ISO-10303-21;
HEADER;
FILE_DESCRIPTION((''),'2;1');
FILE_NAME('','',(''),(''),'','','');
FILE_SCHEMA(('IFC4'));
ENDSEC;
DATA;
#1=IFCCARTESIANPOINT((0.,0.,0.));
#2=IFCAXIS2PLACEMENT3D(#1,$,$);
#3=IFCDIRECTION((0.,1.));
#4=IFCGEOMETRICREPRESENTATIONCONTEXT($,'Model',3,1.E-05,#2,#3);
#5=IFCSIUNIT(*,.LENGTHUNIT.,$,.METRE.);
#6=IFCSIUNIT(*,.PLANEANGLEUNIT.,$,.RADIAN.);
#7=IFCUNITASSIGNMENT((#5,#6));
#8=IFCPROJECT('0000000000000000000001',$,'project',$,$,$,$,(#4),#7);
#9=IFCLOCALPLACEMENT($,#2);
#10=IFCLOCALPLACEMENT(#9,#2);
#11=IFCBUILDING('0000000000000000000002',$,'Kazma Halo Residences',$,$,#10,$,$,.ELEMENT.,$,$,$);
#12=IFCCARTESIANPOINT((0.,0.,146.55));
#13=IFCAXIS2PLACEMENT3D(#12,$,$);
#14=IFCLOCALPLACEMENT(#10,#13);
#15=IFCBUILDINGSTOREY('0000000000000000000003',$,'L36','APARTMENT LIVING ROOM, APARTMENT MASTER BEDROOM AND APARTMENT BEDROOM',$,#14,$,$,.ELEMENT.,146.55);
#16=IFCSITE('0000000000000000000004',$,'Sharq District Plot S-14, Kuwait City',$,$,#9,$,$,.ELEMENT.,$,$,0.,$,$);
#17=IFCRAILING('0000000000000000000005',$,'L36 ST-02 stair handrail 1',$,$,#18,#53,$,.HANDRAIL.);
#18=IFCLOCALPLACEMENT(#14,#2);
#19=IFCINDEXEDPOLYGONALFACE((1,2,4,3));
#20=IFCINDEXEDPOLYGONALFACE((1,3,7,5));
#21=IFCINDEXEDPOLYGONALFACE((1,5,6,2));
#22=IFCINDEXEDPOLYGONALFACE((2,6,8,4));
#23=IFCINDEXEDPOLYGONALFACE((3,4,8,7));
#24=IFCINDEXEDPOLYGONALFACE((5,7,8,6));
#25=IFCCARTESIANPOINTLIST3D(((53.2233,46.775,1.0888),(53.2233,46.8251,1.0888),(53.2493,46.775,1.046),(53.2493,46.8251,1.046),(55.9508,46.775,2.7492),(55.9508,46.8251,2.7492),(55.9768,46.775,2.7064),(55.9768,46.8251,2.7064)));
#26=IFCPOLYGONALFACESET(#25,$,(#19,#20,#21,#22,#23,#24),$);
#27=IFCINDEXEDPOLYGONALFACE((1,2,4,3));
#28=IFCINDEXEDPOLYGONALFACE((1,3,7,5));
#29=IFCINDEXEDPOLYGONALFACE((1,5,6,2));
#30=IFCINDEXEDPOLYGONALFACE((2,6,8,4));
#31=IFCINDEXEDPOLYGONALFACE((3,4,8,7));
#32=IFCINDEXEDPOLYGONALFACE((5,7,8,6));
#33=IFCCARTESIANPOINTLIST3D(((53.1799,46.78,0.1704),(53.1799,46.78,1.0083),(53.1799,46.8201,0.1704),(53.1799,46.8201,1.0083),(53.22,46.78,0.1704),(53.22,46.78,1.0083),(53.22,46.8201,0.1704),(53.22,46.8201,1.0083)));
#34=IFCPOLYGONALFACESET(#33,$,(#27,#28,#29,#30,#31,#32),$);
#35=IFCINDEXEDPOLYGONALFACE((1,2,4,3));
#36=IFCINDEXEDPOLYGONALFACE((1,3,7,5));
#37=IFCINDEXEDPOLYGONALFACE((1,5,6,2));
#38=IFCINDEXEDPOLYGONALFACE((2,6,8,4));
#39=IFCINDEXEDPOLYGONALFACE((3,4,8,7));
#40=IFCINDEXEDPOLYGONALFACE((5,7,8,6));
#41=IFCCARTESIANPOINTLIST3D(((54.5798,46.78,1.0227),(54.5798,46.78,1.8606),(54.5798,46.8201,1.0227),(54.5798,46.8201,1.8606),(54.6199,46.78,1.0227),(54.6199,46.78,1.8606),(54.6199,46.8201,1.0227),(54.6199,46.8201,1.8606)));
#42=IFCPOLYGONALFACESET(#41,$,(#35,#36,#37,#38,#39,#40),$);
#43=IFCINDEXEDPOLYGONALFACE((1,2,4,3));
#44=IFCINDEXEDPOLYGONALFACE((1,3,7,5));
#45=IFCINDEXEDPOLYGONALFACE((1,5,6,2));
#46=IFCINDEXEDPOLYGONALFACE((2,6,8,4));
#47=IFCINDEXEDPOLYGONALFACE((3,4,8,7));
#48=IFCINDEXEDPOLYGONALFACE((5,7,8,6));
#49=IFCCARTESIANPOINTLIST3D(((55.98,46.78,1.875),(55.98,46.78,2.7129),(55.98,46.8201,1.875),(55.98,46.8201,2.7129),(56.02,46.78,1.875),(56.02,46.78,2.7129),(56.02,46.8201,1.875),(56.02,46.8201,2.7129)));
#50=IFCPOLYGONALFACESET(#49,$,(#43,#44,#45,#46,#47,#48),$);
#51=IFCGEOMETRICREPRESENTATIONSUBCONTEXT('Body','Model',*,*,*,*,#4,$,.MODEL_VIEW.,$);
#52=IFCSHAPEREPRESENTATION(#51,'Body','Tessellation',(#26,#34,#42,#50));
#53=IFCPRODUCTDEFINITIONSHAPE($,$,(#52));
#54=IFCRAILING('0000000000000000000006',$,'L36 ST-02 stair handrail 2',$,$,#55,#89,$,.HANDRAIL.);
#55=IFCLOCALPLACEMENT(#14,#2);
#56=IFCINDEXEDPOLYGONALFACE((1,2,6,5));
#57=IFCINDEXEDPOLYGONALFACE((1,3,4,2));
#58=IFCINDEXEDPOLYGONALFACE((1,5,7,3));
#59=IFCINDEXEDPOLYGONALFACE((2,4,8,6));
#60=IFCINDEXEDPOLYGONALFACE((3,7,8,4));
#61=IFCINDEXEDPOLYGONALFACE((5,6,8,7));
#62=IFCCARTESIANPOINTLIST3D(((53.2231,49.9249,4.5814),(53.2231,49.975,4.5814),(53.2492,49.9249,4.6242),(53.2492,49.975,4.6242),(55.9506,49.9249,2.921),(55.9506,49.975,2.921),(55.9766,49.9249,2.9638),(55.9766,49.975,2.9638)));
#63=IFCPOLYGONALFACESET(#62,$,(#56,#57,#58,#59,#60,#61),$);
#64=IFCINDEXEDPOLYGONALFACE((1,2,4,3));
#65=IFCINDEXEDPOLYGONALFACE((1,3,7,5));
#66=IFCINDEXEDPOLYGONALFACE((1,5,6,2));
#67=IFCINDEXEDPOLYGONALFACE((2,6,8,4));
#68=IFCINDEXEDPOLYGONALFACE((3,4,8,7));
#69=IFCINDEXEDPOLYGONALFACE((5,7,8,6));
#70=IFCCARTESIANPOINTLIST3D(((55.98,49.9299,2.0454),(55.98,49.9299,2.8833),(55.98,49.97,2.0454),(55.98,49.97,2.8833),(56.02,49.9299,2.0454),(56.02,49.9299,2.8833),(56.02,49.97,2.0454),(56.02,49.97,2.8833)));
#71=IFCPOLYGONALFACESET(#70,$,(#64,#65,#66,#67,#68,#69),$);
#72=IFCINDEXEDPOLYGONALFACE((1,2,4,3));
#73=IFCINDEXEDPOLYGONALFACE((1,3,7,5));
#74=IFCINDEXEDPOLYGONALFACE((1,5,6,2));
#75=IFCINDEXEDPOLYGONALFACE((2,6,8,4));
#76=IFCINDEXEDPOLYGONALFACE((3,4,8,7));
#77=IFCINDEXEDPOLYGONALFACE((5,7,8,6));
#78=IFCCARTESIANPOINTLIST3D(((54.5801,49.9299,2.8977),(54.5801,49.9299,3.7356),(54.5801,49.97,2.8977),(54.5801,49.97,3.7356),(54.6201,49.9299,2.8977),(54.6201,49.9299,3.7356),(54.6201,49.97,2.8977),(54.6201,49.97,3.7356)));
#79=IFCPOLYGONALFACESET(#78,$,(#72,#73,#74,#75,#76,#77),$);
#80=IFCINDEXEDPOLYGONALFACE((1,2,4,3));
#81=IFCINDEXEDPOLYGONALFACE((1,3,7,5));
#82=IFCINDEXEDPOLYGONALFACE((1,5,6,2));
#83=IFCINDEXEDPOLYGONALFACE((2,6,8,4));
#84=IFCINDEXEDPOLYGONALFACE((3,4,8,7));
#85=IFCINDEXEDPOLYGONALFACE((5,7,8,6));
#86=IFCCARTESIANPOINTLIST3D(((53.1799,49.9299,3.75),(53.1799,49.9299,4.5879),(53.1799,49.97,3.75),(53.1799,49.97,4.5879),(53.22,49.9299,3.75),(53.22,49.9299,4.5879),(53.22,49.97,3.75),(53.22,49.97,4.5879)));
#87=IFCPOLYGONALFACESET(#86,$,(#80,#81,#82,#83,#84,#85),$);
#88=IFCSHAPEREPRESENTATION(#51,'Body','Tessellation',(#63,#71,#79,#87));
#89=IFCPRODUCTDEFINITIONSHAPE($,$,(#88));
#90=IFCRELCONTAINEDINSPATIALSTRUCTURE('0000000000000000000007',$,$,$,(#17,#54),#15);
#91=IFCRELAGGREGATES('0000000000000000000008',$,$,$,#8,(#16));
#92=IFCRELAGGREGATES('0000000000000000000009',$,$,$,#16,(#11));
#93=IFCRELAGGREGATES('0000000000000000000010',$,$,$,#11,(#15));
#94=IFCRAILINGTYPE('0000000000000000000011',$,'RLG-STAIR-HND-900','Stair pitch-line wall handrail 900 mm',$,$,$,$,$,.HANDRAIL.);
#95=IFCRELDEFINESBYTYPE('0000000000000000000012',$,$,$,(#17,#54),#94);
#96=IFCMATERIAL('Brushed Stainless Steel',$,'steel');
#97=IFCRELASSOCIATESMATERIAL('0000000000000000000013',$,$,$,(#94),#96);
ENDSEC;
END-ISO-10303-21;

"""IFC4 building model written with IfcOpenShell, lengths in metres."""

from ifc_helpers import new_model, si_unit, direction, frame, origin, origin_2d, place, context, subcontext, project, spatial, rectangle, extrude, material, type_object, element, save


model = new_model("IFC4")

# Units and contexts
model_context = context("Model", 3, precision=1e-05, world=origin(), true_north=direction((0.0, 1.0)))
body_context = subcontext(model_context, "Body", "Model", "MODEL_VIEW")
ifc_project = project(units=[si_unit("LENGTHUNIT", "METRE"), si_unit("PLANEANGLEUNIT", "RADIAN")], contexts=[model_context])

# Site, building, storey
site_placement = place(None, origin())
site = spatial("IfcSite", under=ifc_project, at=site_placement, Name="Sharq District Plot S-14, Kuwait City", CompositionType="ELEMENT", RefElevation=0.0)
building_placement = place(site_placement, origin())
building = spatial("IfcBuilding", under=site, at=building_placement, Name="Kazma Halo Residences", CompositionType="ELEMENT")
storey_placement = place(building_placement, frame((0.0, 0.0, 146.55)))
storey = spatial("IfcBuildingStorey", under=building, at=storey_placement, Name="L36", Description="APARTMENT LIVING ROOM, APARTMENT MASTER BEDROOM AND APARTMENT BEDROOM", CompositionType="ELEMENT", Elevation=146.55)

# Railings
ifc_material_1 = material(Name="Brushed Stainless Steel", Category="steel")
railing_type_1 = type_object("IfcRailingType", Name="RLG-STAIR-HND-900", Description="Stair pitch-line wall handrail 900 mm", PredefinedType="HANDRAIL", material=ifc_material_1)
railing_1_placement = place(storey_placement, frame((53.2, 46.8, 0.1704)))
element("IfcRailing", 1, at=railing_1_placement, inside=storey, type_object=railing_type_1, Name="L36 ST-02 stair handrail 1", PredefinedType="HANDRAIL", context=body_context, shape_type="SweptSolid", body=[
    extrude(rectangle(XDim=0.05, YDim=0.05, at=origin_2d()), frame((0.0364, 0.0, 0.897), z_axis=(0.85417, 0.0, 0.519994), x_axis=(0.0, 1.0, 0.0)), (0.0, 0.0, 1.0), 3.1931),
    extrude(rectangle(XDim=0.04, YDim=0.04, at=origin_2d()), origin(), (0.0, 0.0, 1.0), 0.8379),
    extrude(rectangle(XDim=0.04, YDim=0.04, at=origin_2d()), frame((1.3999, 0.0, 0.8523)), (0.0, 0.0, 1.0), 0.8379),
    extrude(rectangle(XDim=0.04, YDim=0.04, at=origin_2d()), frame((2.8, 0.0, 1.7046)), (0.0, 0.0, 1.0), 0.8379),
])
railing_2_placement = place(storey_placement, frame((56.0, 49.95, 2.0454)))
element("IfcRailing", 2, at=railing_2_placement, inside=storey, type_object=railing_type_1, Name="L36 ST-02 stair handrail 2", PredefinedType="HANDRAIL", context=body_context, shape_type="SweptSolid", body=[
    extrude(rectangle(XDim=0.05, YDim=0.05, at=origin_2d()), frame((-0.0364, 0.0, 0.897), z_axis=(-0.85417, 0.0, 0.519994), x_axis=(0.0, -1.0, 0.0)), (0.0, 0.0, 1.0), 3.1931),
    extrude(rectangle(XDim=0.04, YDim=0.04, at=origin_2d()), origin(), (0.0, 0.0, 1.0), 0.8379),
    extrude(rectangle(XDim=0.04, YDim=0.04, at=origin_2d()), frame((-1.3999, 0.0, 0.8523)), (0.0, 0.0, 1.0), 0.8379),
    extrude(rectangle(XDim=0.04, YDim=0.04, at=origin_2d()), frame((-2.8, 0.0, 1.7046)), (0.0, 0.0, 1.0), 0.8379),
])

save(model, "model.ifc")
